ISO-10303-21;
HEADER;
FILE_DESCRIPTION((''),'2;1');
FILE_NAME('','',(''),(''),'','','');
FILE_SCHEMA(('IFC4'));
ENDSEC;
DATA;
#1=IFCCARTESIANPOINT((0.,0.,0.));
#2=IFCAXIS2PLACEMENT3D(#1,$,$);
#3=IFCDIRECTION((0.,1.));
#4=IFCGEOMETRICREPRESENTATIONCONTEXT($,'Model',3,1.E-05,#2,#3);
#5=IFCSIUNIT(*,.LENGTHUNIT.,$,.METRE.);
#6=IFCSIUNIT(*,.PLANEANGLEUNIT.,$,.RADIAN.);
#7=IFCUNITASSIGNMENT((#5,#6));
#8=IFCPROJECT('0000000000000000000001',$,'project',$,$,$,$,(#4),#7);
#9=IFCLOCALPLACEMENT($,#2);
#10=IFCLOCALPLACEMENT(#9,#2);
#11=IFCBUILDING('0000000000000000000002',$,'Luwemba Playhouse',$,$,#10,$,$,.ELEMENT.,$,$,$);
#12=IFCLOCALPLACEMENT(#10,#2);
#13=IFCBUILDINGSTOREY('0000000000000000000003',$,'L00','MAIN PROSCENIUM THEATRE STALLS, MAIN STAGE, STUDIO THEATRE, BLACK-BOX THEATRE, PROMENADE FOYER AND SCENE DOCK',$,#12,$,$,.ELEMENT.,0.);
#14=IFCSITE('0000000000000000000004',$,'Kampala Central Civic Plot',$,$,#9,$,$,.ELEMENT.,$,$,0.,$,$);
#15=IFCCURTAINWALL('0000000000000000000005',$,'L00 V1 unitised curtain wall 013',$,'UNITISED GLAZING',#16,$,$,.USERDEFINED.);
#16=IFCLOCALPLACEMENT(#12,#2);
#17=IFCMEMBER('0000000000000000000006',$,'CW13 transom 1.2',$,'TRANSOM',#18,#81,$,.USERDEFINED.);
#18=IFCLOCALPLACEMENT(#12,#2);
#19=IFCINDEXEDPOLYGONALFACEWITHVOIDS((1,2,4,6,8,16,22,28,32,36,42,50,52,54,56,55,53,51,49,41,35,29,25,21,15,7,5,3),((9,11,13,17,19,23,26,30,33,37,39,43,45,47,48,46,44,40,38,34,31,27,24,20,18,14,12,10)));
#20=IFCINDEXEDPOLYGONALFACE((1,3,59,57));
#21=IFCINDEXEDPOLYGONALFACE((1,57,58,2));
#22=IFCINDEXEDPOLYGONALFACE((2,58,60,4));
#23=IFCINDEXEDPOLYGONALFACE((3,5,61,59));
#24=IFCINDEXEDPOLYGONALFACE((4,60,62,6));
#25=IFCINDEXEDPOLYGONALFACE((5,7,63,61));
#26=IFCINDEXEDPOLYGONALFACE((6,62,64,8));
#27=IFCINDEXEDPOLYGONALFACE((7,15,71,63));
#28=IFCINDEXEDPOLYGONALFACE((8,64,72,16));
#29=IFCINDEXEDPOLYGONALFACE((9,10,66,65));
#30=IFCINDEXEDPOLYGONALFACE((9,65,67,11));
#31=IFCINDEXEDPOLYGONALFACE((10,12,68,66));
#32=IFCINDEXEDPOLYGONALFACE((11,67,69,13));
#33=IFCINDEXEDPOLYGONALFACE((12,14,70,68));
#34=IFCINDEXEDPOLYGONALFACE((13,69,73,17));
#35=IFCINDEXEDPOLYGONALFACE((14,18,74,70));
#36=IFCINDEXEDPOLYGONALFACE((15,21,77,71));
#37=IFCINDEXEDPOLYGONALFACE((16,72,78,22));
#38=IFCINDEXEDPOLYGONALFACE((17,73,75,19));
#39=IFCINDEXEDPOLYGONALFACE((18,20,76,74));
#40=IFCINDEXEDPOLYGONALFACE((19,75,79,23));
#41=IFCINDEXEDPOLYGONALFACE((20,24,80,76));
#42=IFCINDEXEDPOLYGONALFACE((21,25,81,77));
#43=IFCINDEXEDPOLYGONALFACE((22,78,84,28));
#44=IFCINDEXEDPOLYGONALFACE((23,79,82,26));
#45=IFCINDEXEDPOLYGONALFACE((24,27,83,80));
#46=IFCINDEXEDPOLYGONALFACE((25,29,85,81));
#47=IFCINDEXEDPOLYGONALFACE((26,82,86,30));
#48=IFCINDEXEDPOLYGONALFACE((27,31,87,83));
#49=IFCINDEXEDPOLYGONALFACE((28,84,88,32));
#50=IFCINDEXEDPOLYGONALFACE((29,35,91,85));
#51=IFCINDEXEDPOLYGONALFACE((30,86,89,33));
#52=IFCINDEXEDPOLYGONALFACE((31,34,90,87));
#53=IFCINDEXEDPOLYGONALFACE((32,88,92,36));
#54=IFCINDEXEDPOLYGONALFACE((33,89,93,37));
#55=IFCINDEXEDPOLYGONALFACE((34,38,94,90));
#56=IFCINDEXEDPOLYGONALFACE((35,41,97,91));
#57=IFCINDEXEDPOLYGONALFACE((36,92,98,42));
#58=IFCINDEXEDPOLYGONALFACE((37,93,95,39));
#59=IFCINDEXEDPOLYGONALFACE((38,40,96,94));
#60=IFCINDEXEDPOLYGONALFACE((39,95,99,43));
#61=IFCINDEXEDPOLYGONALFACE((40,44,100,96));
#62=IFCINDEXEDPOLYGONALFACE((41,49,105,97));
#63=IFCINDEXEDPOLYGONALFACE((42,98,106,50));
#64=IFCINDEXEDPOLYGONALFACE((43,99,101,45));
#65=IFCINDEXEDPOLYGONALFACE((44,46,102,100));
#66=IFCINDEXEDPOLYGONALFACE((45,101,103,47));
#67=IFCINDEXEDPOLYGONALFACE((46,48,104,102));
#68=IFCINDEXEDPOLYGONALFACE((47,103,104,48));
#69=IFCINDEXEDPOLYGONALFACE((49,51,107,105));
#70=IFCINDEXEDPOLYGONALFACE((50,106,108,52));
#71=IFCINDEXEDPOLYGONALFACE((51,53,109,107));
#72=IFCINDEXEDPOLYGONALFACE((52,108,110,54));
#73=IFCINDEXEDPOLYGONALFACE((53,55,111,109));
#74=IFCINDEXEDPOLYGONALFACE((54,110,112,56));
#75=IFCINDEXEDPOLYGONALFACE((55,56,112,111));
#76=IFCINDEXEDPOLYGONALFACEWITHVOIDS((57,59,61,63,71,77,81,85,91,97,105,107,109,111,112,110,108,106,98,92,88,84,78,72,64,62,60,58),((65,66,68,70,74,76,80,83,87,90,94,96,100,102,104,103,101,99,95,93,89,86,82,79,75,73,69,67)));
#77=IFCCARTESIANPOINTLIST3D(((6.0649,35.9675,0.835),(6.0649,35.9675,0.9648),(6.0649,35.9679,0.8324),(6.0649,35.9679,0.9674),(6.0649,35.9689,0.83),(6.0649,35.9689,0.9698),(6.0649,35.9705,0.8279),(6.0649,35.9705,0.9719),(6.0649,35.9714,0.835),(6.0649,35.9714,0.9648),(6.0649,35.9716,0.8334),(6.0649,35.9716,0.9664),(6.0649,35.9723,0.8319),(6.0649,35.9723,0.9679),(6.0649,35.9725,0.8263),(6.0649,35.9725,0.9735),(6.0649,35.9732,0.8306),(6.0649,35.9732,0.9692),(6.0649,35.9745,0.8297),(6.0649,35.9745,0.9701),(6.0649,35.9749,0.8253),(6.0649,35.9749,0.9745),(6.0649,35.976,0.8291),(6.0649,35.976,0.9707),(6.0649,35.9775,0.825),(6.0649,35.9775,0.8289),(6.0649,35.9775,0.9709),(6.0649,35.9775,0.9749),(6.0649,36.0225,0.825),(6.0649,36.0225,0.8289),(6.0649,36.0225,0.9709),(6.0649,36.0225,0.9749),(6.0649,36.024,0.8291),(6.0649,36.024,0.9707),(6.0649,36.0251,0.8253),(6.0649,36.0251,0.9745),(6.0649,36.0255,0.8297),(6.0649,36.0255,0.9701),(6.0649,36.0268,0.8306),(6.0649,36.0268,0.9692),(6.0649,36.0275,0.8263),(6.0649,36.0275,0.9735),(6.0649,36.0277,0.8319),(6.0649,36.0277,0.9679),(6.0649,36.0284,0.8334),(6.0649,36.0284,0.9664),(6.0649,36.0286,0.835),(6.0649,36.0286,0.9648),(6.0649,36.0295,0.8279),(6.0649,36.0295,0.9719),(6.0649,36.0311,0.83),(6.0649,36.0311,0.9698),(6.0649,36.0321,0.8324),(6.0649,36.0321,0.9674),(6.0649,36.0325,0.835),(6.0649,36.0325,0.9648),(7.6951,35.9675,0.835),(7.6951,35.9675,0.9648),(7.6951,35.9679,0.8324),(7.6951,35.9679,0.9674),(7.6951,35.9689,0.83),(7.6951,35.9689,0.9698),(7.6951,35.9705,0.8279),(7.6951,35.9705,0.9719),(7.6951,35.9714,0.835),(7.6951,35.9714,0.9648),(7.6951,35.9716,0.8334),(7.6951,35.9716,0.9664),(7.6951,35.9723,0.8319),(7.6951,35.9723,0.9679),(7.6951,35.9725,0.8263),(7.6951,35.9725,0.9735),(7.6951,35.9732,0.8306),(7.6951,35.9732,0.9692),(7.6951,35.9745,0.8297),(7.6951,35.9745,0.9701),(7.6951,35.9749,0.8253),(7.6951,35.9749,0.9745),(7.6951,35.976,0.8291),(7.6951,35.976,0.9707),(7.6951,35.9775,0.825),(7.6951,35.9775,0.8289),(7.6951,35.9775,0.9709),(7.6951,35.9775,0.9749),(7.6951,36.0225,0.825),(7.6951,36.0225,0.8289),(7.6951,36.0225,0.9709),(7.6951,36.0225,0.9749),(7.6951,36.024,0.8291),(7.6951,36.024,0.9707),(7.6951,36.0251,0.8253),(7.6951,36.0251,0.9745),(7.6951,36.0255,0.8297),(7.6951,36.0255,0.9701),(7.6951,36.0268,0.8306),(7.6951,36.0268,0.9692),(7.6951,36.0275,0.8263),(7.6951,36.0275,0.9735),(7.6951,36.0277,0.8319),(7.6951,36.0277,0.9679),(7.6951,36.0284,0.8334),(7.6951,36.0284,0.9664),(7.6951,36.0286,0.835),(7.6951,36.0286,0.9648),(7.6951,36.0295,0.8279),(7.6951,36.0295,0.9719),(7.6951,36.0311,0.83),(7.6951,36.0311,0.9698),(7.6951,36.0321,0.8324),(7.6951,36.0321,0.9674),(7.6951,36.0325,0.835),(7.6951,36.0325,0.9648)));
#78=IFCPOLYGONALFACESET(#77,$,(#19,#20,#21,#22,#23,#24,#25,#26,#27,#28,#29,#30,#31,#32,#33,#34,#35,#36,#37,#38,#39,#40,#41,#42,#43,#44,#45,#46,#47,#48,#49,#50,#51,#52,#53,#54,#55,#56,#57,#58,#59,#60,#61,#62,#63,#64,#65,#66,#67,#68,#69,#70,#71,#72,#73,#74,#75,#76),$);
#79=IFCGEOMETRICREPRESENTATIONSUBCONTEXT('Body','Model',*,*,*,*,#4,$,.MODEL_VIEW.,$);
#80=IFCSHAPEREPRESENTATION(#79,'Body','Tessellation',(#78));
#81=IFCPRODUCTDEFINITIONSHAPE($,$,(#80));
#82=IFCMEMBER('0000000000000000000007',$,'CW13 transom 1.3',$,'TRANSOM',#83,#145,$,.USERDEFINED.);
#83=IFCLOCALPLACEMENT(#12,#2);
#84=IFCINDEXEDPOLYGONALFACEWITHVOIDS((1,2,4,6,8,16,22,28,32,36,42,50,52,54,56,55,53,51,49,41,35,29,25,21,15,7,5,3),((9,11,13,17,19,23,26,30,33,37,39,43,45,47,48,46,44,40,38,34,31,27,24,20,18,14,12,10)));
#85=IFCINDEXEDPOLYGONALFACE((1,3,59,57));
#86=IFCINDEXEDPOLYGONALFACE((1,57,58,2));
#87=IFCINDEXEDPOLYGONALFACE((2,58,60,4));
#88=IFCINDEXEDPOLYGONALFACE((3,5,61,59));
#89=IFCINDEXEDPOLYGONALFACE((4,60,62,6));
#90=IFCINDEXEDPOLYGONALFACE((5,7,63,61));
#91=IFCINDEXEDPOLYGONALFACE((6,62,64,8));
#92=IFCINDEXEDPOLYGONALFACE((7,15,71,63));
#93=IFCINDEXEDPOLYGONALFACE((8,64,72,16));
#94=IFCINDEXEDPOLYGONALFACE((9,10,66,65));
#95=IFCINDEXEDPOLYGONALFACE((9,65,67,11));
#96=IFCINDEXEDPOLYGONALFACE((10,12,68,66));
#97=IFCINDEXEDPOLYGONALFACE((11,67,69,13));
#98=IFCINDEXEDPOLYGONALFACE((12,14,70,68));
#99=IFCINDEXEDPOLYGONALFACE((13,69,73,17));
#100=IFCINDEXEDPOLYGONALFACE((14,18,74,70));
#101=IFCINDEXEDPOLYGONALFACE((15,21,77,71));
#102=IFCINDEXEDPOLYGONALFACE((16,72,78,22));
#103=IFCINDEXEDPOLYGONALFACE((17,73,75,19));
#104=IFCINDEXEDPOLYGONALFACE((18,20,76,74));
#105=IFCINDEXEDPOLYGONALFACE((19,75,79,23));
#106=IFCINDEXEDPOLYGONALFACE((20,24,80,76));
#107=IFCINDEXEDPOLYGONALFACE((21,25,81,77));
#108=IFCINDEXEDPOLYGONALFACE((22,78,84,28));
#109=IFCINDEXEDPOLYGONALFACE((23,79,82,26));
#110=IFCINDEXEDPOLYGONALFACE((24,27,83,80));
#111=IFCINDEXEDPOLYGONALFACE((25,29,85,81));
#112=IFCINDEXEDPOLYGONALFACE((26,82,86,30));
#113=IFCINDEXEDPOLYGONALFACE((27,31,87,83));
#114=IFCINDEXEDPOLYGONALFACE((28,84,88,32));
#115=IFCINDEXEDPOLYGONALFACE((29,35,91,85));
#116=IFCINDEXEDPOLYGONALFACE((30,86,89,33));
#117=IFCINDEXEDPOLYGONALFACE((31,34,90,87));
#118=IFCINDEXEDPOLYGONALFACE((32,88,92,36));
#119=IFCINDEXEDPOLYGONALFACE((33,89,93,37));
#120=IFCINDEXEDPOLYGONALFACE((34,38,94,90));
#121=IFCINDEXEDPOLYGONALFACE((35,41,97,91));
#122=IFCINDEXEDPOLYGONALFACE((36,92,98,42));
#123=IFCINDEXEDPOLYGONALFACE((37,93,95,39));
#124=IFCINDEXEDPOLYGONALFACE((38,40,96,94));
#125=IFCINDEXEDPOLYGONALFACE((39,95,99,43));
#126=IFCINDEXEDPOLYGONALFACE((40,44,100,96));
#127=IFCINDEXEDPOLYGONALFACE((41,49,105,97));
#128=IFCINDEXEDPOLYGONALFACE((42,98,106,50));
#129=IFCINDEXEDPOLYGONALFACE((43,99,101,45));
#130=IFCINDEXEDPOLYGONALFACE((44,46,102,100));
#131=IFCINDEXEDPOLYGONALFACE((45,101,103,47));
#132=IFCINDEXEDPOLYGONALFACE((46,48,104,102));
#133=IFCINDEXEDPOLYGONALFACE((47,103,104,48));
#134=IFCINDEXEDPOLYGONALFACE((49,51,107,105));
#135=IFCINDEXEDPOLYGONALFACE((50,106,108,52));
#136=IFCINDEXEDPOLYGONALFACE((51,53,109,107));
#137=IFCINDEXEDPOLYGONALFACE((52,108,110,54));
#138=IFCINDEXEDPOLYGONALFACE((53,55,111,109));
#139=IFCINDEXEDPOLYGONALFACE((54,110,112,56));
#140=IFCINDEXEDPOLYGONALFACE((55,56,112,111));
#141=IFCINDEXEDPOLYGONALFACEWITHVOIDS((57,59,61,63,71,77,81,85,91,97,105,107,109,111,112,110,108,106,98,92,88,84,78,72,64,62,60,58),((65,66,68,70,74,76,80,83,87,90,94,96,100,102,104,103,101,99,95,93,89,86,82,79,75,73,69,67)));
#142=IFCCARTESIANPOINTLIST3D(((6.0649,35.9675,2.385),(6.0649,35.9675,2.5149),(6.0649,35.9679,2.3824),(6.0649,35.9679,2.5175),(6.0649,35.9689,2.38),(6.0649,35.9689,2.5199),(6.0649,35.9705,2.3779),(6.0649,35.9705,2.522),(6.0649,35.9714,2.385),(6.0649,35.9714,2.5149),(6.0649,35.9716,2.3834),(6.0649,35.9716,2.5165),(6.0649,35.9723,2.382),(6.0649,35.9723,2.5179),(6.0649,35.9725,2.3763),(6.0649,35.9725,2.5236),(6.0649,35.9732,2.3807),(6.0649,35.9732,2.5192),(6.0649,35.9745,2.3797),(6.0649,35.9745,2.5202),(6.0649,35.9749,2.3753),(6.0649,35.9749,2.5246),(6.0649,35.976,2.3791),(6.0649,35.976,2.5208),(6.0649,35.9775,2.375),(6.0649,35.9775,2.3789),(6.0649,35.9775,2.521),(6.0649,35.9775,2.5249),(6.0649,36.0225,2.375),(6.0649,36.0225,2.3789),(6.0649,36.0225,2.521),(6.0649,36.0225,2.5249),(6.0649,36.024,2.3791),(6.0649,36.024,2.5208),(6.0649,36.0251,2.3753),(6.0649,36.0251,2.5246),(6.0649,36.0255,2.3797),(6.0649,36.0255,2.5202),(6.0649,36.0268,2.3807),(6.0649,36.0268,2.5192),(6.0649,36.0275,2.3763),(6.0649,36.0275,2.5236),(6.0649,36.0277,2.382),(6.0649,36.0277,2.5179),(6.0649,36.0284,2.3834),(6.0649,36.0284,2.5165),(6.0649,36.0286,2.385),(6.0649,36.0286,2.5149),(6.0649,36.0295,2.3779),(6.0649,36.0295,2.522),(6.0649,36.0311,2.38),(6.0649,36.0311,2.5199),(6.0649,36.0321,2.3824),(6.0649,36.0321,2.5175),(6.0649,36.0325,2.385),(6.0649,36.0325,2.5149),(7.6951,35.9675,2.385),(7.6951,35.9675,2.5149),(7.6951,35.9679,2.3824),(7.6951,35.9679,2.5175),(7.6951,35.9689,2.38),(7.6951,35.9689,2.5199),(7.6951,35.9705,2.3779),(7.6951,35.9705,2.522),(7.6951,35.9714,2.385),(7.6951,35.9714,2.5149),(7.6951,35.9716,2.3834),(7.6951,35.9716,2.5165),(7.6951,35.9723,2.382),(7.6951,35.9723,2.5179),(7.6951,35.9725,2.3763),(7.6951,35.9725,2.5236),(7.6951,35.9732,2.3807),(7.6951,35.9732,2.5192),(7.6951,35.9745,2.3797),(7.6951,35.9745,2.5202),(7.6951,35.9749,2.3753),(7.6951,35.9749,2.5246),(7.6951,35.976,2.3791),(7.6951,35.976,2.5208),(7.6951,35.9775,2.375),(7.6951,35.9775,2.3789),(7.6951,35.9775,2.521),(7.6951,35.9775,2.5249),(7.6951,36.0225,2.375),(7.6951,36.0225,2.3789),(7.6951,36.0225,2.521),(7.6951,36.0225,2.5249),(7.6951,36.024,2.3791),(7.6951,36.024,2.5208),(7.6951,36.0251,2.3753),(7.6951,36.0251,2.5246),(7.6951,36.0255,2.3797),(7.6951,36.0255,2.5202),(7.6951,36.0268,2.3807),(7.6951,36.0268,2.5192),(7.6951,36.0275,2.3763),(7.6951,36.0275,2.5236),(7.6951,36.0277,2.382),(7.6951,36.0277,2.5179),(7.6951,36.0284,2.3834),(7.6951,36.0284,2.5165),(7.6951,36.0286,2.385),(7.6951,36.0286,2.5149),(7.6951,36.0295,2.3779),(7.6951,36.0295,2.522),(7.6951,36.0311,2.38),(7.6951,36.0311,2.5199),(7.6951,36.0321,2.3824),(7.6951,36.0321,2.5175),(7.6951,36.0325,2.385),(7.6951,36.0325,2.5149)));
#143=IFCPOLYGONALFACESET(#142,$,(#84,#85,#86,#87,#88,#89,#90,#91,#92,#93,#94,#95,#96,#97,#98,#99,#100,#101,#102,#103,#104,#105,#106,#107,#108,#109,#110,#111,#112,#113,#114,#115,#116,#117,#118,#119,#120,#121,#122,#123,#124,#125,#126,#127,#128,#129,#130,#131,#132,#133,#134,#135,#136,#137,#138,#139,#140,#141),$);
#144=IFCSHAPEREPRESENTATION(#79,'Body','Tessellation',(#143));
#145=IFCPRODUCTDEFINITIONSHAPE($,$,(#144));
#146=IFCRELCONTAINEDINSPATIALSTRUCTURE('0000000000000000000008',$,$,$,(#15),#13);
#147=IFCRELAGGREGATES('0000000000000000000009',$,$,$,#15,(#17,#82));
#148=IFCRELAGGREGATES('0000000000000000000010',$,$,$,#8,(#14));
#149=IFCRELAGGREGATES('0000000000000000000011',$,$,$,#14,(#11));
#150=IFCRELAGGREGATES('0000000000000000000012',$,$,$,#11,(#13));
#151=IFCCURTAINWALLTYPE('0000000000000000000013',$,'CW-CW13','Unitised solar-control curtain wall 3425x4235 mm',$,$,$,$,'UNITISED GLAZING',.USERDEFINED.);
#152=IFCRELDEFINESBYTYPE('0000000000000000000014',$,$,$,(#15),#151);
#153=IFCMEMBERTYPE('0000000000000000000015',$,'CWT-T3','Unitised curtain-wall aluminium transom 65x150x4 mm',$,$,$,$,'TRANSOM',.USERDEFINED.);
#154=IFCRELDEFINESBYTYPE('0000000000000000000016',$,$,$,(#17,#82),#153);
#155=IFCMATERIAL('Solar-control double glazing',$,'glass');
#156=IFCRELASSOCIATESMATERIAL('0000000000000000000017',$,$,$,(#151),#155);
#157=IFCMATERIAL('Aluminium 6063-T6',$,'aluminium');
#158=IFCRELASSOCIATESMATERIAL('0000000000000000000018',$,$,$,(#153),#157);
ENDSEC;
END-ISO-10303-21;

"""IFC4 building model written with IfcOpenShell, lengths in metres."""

from ifc_helpers import new_model, si_unit, direction, frame, origin, origin_2d, place, context, subcontext, project, spatial, hollow_rectangle, extrude, material, material_profile, profile_set, type_object, element, aggregate, save


model = new_model("IFC4")

# Units and contexts
model_context = context("Model", 3, precision=1e-05, world=origin(), true_north=direction((0.0, 1.0)))
body_context = subcontext(model_context, "Body", "Model", "MODEL_VIEW")
ifc_project = project(units=[si_unit("LENGTHUNIT", "METRE"), si_unit("PLANEANGLEUNIT", "RADIAN")], contexts=[model_context])

# Site, building, storey
site_placement = place(None, origin())
site = spatial("IfcSite", under=ifc_project, at=site_placement, Name="Kampala Central Civic Plot", CompositionType="ELEMENT", RefElevation=0.0)
building_placement = place(site_placement, origin())
building = spatial("IfcBuilding", under=site, at=building_placement, Name="Luwemba Playhouse", CompositionType="ELEMENT")
storey_placement = place(building_placement, origin())
storey = spatial("IfcBuildingStorey", under=building, at=storey_placement, Name="L00", Description="MAIN PROSCENIUM THEATRE STALLS, MAIN STAGE, STUDIO THEATRE, BLACK-BOX THEATRE, PROMENADE FOYER AND SCENE DOCK", CompositionType="ELEMENT", Elevation=0.0)

# Shared definitions
ifc_material_1 = material(Name="Solar-control double glazing", Category="glass")
ifc_material_2 = material(Name="Aluminium 6063-T6", Category="aluminium")

# Curtain wall, members
curtain_wall_type_1 = type_object("IfcCurtainWallType", Name="CW-CW13", Description="Unitised solar-control curtain wall 3425x4235 mm", ElementType="UNITISED GLAZING", PredefinedType="USERDEFINED", material=ifc_material_1)
curtain_wall_1_placement = place(storey_placement, origin())
curtain_wall_1 = element("IfcCurtainWall", 1, at=curtain_wall_1_placement, inside=storey, type_object=curtain_wall_type_1, Name="L00 V1 unitised curtain wall 013", ObjectType="UNITISED GLAZING", PredefinedType="USERDEFINED")
ifc_material_profile_1 = material_profile(ifc_material_2, hollow_rectangle(XDim=0.0649, YDim=0.1499, WallThickness=0.0039, InnerFilletRadius=0.0061, OuterFilletRadius=0.01, at=origin_2d()))
ifc_profile_set_1 = profile_set([ifc_material_profile_1], Name="Aluminium 6063-T6")
member_type_1 = type_object("IfcMemberType", Name="CWT-T3", Description="Unitised curtain-wall aluminium transom 65x150x4 mm", ElementType="TRANSOM", PredefinedType="USERDEFINED", material=ifc_profile_set_1)
member_1_placement = place(storey_placement, frame((7.6951, 36.0, 0.8999), z_axis=(-1.0, 0.0, 0.0), x_axis=(0.0, -1.0, 0.0)))
member_1 = element("IfcMember", 2, at=member_1_placement, type_object=member_type_1, Name="CW13 transom 1.2", ObjectType="TRANSOM", PredefinedType="USERDEFINED", context=body_context, shape_type="SweptSolid", body=[
    extrude(hollow_rectangle(XDim=0.0649, YDim=0.1499, WallThickness=0.0039, InnerFilletRadius=0.0061, OuterFilletRadius=0.01, at=origin_2d()), origin(), (0.0, 0.0, 1.0), 1.6301),
])
member_2_placement = place(storey_placement, frame((7.6951, 36.0, 2.45), z_axis=(-1.0, 0.0, 0.0), x_axis=(0.0, -1.0, 0.0)))
member_2 = element("IfcMember", 3, at=member_2_placement, type_object=member_type_1, Name="CW13 transom 1.3", ObjectType="TRANSOM", PredefinedType="USERDEFINED", context=body_context, shape_type="SweptSolid", body=[
    extrude(hollow_rectangle(XDim=0.0649, YDim=0.1499, WallThickness=0.0039, InnerFilletRadius=0.0061, OuterFilletRadius=0.01, at=origin_2d()), origin(), (0.0, 0.0, 1.0), 1.6301),
])

aggregate(curtain_wall_1, [member_1, member_2])

save(model, "model.ifc")
